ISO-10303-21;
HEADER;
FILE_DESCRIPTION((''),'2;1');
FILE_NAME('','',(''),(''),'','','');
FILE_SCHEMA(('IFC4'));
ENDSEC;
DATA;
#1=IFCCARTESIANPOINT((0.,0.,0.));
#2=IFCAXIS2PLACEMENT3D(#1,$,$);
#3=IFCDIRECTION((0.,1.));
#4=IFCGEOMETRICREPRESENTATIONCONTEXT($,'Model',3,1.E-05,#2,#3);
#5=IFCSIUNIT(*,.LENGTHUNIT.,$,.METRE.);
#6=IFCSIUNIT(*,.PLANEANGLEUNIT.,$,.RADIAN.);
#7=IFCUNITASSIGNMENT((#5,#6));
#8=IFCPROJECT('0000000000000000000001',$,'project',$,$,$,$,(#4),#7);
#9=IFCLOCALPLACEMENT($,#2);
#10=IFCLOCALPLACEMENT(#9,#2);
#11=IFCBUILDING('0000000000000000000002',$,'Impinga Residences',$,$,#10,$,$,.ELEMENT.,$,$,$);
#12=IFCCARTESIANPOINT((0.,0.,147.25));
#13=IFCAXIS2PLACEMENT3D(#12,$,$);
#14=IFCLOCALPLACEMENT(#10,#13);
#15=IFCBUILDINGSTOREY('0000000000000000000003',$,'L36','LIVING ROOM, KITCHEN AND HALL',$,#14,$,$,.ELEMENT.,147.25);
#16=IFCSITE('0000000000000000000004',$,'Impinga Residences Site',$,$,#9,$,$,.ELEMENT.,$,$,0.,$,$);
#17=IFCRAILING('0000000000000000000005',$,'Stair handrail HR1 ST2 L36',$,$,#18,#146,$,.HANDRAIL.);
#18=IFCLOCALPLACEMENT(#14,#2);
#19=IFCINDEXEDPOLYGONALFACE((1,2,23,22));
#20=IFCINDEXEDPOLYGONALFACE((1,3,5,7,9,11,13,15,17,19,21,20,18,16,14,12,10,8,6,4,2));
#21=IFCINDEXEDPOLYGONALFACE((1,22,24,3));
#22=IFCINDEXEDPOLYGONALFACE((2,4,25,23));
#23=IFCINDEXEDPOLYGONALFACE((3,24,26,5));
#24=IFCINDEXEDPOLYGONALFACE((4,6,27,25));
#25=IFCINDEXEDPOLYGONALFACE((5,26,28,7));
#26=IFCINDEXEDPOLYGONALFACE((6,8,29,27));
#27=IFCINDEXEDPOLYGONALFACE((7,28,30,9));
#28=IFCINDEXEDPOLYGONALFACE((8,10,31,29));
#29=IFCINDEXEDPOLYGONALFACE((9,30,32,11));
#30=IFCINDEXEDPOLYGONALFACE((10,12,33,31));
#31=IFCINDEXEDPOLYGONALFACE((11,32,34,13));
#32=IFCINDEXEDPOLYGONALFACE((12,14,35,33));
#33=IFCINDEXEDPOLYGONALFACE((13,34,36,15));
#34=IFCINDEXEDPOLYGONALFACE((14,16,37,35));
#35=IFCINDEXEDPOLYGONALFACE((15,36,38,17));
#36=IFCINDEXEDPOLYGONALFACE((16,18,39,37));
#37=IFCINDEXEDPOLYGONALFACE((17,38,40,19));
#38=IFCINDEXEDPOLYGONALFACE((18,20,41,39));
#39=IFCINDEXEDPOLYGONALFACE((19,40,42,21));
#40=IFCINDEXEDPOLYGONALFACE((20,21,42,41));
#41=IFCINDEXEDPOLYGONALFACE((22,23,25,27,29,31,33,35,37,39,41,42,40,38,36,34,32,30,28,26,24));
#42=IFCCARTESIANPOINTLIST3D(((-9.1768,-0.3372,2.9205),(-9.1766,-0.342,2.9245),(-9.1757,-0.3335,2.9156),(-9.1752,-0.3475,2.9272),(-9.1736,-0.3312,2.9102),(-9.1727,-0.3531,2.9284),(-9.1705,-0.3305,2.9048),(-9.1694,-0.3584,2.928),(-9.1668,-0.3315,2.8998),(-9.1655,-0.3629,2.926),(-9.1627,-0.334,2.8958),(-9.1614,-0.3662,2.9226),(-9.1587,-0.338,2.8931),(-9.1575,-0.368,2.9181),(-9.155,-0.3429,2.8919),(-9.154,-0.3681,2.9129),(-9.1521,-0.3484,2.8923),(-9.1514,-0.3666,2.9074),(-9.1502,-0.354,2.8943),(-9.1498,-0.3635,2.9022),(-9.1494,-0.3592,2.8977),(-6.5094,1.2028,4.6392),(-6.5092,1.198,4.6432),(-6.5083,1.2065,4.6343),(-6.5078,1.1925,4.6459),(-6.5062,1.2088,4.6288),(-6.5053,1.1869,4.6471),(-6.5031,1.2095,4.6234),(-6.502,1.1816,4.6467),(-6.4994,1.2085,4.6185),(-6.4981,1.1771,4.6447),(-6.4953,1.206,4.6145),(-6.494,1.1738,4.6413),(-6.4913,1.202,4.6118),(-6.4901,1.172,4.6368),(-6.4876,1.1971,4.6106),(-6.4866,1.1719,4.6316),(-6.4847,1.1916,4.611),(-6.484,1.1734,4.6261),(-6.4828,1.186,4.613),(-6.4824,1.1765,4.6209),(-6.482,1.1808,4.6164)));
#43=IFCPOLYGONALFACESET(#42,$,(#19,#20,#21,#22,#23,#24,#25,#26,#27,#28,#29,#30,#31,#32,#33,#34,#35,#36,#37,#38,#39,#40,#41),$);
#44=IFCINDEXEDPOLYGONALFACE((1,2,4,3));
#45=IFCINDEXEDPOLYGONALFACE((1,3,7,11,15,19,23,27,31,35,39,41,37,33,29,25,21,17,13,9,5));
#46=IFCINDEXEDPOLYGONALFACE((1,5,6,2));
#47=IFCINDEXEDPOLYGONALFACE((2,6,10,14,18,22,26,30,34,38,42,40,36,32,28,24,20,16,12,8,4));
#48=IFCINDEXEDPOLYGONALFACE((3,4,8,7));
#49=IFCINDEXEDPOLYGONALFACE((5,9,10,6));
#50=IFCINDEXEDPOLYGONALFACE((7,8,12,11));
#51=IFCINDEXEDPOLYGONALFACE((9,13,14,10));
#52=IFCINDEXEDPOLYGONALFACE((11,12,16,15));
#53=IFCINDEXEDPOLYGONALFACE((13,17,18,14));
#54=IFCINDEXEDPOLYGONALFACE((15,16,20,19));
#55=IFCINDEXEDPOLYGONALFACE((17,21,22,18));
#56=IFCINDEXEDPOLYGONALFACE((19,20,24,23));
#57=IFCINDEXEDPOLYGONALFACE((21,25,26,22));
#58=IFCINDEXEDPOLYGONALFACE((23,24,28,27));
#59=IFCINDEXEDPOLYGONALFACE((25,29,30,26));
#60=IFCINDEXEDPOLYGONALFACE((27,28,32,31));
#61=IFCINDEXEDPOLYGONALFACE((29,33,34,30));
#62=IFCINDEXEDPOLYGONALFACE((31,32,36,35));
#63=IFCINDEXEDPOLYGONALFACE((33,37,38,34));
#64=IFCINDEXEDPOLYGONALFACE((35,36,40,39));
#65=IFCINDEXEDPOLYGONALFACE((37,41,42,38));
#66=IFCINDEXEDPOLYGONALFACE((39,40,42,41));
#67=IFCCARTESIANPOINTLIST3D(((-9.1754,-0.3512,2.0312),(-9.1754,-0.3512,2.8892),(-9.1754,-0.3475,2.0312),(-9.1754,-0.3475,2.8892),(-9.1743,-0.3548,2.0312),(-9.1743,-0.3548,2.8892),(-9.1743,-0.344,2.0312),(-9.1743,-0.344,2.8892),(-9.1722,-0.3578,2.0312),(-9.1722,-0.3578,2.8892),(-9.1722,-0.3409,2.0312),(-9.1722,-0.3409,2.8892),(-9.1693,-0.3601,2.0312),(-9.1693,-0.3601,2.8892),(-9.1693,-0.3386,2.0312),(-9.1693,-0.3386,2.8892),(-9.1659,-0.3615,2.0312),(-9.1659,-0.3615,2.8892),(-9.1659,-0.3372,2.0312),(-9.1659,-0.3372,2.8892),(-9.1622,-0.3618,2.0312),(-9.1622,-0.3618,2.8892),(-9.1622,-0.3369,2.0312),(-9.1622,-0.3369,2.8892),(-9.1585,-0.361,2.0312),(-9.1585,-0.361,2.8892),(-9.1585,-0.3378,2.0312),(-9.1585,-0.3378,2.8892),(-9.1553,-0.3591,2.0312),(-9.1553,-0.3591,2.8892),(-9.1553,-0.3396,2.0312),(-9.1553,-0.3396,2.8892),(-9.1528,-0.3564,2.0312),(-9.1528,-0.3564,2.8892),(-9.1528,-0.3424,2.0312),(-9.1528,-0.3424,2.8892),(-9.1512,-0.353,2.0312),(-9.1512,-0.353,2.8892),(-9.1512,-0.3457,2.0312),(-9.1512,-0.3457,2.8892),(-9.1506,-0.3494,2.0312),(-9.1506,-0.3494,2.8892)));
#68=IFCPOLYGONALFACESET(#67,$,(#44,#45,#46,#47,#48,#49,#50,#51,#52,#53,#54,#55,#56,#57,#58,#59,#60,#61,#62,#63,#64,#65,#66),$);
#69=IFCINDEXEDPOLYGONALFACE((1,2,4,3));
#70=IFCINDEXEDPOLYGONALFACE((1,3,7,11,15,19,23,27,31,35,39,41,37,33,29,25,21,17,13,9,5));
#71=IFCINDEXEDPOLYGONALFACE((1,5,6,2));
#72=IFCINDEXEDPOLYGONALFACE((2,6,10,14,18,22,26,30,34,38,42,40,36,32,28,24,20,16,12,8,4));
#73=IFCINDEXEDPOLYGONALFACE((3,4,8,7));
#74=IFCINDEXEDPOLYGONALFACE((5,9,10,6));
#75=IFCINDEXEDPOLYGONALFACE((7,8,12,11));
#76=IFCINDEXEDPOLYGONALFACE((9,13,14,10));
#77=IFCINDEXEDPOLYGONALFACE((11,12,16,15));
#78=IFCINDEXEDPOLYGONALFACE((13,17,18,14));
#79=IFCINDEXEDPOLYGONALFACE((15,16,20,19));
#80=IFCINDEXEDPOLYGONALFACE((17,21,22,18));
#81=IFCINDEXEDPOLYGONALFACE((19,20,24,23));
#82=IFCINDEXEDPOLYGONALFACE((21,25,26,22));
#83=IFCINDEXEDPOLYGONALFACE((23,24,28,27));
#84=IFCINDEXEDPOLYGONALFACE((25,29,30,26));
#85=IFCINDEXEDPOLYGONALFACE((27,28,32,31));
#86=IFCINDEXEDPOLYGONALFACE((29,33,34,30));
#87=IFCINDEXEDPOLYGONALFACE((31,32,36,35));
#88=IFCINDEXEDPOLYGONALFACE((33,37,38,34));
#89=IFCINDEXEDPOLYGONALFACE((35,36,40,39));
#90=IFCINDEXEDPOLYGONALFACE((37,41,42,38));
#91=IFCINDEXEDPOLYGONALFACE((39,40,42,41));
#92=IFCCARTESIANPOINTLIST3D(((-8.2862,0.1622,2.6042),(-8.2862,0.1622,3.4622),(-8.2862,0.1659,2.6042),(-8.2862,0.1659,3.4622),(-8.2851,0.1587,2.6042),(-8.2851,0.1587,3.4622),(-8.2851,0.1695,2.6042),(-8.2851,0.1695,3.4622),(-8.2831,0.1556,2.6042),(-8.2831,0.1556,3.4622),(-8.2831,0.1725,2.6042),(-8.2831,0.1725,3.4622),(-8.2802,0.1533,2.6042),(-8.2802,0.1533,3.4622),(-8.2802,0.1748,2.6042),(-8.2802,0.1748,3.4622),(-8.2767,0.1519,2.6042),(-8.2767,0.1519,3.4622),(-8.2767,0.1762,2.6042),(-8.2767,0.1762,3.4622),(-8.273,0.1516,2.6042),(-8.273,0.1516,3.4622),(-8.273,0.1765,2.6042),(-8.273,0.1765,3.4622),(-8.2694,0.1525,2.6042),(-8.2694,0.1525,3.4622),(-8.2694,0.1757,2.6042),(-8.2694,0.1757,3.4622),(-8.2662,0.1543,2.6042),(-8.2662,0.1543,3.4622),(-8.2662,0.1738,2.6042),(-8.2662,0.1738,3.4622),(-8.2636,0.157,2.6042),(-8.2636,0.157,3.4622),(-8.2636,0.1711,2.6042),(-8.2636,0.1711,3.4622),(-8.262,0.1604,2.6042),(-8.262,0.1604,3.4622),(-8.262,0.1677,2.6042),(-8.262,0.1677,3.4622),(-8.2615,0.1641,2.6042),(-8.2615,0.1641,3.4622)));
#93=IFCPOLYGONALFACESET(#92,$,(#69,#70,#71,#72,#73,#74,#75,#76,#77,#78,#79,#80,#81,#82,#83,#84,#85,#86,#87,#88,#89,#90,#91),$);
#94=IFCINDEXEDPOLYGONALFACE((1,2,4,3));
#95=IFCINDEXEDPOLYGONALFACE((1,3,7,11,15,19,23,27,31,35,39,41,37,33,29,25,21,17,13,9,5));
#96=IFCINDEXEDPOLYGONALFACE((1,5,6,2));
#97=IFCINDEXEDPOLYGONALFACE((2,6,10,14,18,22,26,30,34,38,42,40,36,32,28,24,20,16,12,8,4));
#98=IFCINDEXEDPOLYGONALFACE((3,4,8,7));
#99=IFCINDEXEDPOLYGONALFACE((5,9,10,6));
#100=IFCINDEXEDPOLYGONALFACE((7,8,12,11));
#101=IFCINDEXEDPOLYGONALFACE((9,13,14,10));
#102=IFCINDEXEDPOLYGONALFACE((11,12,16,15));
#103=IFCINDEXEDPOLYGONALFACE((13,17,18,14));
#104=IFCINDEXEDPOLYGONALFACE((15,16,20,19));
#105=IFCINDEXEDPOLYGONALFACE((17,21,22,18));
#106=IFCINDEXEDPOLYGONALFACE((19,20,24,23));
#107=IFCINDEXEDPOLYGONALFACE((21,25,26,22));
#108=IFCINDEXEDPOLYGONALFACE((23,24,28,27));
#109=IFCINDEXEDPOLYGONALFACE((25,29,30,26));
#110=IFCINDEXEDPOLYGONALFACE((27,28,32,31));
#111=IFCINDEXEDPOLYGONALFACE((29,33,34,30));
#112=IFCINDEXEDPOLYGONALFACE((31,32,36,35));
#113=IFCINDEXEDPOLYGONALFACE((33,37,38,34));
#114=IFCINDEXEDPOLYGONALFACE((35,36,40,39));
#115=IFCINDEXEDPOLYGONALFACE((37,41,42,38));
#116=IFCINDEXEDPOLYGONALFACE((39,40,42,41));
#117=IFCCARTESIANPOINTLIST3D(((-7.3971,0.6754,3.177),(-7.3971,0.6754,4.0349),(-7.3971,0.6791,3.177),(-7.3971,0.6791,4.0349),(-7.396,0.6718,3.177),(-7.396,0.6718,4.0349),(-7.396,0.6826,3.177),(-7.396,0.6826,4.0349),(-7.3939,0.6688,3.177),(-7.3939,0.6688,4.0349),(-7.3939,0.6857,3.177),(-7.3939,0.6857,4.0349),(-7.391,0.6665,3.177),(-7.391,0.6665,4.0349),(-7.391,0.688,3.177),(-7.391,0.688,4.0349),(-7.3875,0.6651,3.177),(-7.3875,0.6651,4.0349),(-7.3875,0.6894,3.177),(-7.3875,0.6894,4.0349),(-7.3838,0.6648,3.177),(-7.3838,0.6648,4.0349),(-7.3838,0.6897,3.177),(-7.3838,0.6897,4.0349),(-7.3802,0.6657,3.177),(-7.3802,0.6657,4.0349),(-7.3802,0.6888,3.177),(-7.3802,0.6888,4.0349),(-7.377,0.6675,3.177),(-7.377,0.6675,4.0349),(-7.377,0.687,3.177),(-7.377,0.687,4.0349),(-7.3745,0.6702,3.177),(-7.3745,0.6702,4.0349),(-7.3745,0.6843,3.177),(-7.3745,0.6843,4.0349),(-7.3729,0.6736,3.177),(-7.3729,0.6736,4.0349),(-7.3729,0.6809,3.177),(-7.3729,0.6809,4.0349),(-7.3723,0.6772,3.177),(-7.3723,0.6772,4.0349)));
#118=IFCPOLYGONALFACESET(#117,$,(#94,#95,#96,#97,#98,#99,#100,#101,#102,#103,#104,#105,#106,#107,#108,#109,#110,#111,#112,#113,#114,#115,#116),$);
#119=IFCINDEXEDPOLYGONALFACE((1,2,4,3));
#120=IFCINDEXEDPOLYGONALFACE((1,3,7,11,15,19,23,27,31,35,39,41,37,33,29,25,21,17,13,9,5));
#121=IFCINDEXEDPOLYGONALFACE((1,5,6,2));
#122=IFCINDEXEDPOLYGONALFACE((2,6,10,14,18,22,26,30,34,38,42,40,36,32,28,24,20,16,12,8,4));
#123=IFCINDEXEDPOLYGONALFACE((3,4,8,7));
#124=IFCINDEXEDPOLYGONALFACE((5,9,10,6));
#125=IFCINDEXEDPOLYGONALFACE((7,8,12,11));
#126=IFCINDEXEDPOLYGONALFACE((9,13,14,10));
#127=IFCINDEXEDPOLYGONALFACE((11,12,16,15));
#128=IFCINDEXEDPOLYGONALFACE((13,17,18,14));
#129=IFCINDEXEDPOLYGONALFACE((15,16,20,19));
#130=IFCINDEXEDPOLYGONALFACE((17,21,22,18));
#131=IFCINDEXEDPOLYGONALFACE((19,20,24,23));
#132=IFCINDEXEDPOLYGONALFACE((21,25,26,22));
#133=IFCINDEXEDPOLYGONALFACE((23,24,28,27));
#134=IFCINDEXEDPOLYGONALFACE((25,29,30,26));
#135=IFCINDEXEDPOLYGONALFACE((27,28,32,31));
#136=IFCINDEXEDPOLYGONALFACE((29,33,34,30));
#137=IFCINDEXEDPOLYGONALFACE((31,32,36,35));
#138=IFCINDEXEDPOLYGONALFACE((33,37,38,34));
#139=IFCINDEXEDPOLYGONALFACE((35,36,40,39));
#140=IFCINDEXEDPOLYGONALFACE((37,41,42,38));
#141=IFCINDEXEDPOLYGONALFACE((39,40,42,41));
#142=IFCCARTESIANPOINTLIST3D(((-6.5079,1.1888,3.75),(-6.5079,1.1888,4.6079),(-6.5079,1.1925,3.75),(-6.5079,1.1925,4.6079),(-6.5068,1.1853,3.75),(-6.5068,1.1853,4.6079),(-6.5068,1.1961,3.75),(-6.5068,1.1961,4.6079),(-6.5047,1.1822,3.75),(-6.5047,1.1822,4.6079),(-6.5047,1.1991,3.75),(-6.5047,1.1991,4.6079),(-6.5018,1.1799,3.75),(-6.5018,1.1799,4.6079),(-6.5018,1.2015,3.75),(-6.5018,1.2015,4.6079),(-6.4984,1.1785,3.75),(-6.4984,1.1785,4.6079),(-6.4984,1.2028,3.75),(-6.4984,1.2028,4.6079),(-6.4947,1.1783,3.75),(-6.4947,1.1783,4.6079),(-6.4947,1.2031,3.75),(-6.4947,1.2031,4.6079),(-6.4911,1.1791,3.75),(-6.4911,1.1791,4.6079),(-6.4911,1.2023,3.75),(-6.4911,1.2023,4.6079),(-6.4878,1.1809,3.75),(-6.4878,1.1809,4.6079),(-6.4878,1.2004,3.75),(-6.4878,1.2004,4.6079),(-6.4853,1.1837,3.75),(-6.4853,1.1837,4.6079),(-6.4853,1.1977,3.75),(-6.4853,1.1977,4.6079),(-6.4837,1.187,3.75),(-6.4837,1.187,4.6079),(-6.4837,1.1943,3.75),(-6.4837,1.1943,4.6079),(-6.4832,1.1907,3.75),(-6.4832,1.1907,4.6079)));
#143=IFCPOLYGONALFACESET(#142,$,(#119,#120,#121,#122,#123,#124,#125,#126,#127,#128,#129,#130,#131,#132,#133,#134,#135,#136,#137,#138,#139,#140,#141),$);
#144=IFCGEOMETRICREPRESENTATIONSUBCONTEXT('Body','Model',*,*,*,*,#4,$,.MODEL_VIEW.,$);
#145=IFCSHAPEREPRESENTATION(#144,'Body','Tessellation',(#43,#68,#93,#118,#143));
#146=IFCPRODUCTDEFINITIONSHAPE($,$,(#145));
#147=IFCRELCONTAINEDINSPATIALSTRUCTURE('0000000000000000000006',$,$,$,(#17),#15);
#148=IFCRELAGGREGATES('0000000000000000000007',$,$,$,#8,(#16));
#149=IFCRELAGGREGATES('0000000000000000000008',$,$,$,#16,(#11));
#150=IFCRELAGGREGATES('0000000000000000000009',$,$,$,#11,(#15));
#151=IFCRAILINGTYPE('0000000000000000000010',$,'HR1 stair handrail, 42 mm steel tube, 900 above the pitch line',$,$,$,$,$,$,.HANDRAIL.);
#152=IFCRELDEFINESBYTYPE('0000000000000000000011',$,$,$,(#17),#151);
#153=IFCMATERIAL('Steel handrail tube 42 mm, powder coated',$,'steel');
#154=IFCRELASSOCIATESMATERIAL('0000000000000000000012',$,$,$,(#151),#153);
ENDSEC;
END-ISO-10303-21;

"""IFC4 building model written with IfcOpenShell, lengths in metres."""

from ifc_helpers import new_model, si_unit, direction, frame, origin, origin_2d, place, context, subcontext, project, spatial, circle, extrude, material, type_object, element, save


model = new_model("IFC4")

# Units and contexts
model_context = context("Model", 3, precision=1e-05, world=origin(), true_north=direction((0.0, 1.0)))
body_context = subcontext(model_context, "Body", "Model", "MODEL_VIEW")
ifc_project = project(units=[si_unit("LENGTHUNIT", "METRE"), si_unit("PLANEANGLEUNIT", "RADIAN")], contexts=[model_context])

# Site, building, storey
site_placement = place(None, origin())
site = spatial("IfcSite", under=ifc_project, at=site_placement, Name="Impinga Residences Site", CompositionType="ELEMENT", RefElevation=0.0)
building_placement = place(site_placement, origin())
building = spatial("IfcBuilding", under=site, at=building_placement, Name="Impinga Residences", CompositionType="ELEMENT")
storey_placement = place(building_placement, frame((0.0, 0.0, 147.25)))
storey = spatial("IfcBuildingStorey", under=building, at=storey_placement, Name="L36", Description="LIVING ROOM, KITCHEN AND HALL", CompositionType="ELEMENT", Elevation=147.25)

# Railing
ifc_material_1 = material(Name="Steel handrail tube 42 mm, powder coated", Category="steel")
railing_type_1 = type_object("IfcRailingType", Name="HR1 stair handrail, 42 mm steel tube, 900 above the pitch line", PredefinedType="HANDRAIL", material=ifc_material_1)
railing_1_placement = place(storey_placement, frame((-9.1631, -0.3494, 2.0312)))
element("IfcRailing", 1, at=railing_1_placement, inside=storey, type_object=railing_type_1, Name="Stair handrail HR1 ST2 L36", PredefinedType="HANDRAIL", context=body_context, shape_type="SweptSolid", body=[
    extrude(circle(Radius=0.021, at=origin_2d()), frame((0.0, 0.0, 0.8789), z_axis=(0.756256, 0.436616, 0.487282), x_axis=(-0.499992, 0.86603, 0.0)), (0.0, 0.0, 1.0), 3.5271),
    extrude(circle(Radius=0.0125, at=origin_2d()), origin(), (0.0, 0.0, 1.0), 0.8579),
    extrude(circle(Radius=0.0125, at=origin_2d()), frame((0.8892, 0.5134, 0.573)), (0.0, 0.0, 1.0), 0.8579),
    extrude(circle(Radius=0.0125, at=origin_2d()), frame((1.7783, 1.0266, 1.1458)), (0.0, 0.0, 1.0), 0.8579),
    extrude(circle(Radius=0.0125, at=origin_2d()), frame((2.6675, 1.54, 1.7188)), (0.0, 0.0, 1.0), 0.8579),
])

save(model, "model.ifc")
